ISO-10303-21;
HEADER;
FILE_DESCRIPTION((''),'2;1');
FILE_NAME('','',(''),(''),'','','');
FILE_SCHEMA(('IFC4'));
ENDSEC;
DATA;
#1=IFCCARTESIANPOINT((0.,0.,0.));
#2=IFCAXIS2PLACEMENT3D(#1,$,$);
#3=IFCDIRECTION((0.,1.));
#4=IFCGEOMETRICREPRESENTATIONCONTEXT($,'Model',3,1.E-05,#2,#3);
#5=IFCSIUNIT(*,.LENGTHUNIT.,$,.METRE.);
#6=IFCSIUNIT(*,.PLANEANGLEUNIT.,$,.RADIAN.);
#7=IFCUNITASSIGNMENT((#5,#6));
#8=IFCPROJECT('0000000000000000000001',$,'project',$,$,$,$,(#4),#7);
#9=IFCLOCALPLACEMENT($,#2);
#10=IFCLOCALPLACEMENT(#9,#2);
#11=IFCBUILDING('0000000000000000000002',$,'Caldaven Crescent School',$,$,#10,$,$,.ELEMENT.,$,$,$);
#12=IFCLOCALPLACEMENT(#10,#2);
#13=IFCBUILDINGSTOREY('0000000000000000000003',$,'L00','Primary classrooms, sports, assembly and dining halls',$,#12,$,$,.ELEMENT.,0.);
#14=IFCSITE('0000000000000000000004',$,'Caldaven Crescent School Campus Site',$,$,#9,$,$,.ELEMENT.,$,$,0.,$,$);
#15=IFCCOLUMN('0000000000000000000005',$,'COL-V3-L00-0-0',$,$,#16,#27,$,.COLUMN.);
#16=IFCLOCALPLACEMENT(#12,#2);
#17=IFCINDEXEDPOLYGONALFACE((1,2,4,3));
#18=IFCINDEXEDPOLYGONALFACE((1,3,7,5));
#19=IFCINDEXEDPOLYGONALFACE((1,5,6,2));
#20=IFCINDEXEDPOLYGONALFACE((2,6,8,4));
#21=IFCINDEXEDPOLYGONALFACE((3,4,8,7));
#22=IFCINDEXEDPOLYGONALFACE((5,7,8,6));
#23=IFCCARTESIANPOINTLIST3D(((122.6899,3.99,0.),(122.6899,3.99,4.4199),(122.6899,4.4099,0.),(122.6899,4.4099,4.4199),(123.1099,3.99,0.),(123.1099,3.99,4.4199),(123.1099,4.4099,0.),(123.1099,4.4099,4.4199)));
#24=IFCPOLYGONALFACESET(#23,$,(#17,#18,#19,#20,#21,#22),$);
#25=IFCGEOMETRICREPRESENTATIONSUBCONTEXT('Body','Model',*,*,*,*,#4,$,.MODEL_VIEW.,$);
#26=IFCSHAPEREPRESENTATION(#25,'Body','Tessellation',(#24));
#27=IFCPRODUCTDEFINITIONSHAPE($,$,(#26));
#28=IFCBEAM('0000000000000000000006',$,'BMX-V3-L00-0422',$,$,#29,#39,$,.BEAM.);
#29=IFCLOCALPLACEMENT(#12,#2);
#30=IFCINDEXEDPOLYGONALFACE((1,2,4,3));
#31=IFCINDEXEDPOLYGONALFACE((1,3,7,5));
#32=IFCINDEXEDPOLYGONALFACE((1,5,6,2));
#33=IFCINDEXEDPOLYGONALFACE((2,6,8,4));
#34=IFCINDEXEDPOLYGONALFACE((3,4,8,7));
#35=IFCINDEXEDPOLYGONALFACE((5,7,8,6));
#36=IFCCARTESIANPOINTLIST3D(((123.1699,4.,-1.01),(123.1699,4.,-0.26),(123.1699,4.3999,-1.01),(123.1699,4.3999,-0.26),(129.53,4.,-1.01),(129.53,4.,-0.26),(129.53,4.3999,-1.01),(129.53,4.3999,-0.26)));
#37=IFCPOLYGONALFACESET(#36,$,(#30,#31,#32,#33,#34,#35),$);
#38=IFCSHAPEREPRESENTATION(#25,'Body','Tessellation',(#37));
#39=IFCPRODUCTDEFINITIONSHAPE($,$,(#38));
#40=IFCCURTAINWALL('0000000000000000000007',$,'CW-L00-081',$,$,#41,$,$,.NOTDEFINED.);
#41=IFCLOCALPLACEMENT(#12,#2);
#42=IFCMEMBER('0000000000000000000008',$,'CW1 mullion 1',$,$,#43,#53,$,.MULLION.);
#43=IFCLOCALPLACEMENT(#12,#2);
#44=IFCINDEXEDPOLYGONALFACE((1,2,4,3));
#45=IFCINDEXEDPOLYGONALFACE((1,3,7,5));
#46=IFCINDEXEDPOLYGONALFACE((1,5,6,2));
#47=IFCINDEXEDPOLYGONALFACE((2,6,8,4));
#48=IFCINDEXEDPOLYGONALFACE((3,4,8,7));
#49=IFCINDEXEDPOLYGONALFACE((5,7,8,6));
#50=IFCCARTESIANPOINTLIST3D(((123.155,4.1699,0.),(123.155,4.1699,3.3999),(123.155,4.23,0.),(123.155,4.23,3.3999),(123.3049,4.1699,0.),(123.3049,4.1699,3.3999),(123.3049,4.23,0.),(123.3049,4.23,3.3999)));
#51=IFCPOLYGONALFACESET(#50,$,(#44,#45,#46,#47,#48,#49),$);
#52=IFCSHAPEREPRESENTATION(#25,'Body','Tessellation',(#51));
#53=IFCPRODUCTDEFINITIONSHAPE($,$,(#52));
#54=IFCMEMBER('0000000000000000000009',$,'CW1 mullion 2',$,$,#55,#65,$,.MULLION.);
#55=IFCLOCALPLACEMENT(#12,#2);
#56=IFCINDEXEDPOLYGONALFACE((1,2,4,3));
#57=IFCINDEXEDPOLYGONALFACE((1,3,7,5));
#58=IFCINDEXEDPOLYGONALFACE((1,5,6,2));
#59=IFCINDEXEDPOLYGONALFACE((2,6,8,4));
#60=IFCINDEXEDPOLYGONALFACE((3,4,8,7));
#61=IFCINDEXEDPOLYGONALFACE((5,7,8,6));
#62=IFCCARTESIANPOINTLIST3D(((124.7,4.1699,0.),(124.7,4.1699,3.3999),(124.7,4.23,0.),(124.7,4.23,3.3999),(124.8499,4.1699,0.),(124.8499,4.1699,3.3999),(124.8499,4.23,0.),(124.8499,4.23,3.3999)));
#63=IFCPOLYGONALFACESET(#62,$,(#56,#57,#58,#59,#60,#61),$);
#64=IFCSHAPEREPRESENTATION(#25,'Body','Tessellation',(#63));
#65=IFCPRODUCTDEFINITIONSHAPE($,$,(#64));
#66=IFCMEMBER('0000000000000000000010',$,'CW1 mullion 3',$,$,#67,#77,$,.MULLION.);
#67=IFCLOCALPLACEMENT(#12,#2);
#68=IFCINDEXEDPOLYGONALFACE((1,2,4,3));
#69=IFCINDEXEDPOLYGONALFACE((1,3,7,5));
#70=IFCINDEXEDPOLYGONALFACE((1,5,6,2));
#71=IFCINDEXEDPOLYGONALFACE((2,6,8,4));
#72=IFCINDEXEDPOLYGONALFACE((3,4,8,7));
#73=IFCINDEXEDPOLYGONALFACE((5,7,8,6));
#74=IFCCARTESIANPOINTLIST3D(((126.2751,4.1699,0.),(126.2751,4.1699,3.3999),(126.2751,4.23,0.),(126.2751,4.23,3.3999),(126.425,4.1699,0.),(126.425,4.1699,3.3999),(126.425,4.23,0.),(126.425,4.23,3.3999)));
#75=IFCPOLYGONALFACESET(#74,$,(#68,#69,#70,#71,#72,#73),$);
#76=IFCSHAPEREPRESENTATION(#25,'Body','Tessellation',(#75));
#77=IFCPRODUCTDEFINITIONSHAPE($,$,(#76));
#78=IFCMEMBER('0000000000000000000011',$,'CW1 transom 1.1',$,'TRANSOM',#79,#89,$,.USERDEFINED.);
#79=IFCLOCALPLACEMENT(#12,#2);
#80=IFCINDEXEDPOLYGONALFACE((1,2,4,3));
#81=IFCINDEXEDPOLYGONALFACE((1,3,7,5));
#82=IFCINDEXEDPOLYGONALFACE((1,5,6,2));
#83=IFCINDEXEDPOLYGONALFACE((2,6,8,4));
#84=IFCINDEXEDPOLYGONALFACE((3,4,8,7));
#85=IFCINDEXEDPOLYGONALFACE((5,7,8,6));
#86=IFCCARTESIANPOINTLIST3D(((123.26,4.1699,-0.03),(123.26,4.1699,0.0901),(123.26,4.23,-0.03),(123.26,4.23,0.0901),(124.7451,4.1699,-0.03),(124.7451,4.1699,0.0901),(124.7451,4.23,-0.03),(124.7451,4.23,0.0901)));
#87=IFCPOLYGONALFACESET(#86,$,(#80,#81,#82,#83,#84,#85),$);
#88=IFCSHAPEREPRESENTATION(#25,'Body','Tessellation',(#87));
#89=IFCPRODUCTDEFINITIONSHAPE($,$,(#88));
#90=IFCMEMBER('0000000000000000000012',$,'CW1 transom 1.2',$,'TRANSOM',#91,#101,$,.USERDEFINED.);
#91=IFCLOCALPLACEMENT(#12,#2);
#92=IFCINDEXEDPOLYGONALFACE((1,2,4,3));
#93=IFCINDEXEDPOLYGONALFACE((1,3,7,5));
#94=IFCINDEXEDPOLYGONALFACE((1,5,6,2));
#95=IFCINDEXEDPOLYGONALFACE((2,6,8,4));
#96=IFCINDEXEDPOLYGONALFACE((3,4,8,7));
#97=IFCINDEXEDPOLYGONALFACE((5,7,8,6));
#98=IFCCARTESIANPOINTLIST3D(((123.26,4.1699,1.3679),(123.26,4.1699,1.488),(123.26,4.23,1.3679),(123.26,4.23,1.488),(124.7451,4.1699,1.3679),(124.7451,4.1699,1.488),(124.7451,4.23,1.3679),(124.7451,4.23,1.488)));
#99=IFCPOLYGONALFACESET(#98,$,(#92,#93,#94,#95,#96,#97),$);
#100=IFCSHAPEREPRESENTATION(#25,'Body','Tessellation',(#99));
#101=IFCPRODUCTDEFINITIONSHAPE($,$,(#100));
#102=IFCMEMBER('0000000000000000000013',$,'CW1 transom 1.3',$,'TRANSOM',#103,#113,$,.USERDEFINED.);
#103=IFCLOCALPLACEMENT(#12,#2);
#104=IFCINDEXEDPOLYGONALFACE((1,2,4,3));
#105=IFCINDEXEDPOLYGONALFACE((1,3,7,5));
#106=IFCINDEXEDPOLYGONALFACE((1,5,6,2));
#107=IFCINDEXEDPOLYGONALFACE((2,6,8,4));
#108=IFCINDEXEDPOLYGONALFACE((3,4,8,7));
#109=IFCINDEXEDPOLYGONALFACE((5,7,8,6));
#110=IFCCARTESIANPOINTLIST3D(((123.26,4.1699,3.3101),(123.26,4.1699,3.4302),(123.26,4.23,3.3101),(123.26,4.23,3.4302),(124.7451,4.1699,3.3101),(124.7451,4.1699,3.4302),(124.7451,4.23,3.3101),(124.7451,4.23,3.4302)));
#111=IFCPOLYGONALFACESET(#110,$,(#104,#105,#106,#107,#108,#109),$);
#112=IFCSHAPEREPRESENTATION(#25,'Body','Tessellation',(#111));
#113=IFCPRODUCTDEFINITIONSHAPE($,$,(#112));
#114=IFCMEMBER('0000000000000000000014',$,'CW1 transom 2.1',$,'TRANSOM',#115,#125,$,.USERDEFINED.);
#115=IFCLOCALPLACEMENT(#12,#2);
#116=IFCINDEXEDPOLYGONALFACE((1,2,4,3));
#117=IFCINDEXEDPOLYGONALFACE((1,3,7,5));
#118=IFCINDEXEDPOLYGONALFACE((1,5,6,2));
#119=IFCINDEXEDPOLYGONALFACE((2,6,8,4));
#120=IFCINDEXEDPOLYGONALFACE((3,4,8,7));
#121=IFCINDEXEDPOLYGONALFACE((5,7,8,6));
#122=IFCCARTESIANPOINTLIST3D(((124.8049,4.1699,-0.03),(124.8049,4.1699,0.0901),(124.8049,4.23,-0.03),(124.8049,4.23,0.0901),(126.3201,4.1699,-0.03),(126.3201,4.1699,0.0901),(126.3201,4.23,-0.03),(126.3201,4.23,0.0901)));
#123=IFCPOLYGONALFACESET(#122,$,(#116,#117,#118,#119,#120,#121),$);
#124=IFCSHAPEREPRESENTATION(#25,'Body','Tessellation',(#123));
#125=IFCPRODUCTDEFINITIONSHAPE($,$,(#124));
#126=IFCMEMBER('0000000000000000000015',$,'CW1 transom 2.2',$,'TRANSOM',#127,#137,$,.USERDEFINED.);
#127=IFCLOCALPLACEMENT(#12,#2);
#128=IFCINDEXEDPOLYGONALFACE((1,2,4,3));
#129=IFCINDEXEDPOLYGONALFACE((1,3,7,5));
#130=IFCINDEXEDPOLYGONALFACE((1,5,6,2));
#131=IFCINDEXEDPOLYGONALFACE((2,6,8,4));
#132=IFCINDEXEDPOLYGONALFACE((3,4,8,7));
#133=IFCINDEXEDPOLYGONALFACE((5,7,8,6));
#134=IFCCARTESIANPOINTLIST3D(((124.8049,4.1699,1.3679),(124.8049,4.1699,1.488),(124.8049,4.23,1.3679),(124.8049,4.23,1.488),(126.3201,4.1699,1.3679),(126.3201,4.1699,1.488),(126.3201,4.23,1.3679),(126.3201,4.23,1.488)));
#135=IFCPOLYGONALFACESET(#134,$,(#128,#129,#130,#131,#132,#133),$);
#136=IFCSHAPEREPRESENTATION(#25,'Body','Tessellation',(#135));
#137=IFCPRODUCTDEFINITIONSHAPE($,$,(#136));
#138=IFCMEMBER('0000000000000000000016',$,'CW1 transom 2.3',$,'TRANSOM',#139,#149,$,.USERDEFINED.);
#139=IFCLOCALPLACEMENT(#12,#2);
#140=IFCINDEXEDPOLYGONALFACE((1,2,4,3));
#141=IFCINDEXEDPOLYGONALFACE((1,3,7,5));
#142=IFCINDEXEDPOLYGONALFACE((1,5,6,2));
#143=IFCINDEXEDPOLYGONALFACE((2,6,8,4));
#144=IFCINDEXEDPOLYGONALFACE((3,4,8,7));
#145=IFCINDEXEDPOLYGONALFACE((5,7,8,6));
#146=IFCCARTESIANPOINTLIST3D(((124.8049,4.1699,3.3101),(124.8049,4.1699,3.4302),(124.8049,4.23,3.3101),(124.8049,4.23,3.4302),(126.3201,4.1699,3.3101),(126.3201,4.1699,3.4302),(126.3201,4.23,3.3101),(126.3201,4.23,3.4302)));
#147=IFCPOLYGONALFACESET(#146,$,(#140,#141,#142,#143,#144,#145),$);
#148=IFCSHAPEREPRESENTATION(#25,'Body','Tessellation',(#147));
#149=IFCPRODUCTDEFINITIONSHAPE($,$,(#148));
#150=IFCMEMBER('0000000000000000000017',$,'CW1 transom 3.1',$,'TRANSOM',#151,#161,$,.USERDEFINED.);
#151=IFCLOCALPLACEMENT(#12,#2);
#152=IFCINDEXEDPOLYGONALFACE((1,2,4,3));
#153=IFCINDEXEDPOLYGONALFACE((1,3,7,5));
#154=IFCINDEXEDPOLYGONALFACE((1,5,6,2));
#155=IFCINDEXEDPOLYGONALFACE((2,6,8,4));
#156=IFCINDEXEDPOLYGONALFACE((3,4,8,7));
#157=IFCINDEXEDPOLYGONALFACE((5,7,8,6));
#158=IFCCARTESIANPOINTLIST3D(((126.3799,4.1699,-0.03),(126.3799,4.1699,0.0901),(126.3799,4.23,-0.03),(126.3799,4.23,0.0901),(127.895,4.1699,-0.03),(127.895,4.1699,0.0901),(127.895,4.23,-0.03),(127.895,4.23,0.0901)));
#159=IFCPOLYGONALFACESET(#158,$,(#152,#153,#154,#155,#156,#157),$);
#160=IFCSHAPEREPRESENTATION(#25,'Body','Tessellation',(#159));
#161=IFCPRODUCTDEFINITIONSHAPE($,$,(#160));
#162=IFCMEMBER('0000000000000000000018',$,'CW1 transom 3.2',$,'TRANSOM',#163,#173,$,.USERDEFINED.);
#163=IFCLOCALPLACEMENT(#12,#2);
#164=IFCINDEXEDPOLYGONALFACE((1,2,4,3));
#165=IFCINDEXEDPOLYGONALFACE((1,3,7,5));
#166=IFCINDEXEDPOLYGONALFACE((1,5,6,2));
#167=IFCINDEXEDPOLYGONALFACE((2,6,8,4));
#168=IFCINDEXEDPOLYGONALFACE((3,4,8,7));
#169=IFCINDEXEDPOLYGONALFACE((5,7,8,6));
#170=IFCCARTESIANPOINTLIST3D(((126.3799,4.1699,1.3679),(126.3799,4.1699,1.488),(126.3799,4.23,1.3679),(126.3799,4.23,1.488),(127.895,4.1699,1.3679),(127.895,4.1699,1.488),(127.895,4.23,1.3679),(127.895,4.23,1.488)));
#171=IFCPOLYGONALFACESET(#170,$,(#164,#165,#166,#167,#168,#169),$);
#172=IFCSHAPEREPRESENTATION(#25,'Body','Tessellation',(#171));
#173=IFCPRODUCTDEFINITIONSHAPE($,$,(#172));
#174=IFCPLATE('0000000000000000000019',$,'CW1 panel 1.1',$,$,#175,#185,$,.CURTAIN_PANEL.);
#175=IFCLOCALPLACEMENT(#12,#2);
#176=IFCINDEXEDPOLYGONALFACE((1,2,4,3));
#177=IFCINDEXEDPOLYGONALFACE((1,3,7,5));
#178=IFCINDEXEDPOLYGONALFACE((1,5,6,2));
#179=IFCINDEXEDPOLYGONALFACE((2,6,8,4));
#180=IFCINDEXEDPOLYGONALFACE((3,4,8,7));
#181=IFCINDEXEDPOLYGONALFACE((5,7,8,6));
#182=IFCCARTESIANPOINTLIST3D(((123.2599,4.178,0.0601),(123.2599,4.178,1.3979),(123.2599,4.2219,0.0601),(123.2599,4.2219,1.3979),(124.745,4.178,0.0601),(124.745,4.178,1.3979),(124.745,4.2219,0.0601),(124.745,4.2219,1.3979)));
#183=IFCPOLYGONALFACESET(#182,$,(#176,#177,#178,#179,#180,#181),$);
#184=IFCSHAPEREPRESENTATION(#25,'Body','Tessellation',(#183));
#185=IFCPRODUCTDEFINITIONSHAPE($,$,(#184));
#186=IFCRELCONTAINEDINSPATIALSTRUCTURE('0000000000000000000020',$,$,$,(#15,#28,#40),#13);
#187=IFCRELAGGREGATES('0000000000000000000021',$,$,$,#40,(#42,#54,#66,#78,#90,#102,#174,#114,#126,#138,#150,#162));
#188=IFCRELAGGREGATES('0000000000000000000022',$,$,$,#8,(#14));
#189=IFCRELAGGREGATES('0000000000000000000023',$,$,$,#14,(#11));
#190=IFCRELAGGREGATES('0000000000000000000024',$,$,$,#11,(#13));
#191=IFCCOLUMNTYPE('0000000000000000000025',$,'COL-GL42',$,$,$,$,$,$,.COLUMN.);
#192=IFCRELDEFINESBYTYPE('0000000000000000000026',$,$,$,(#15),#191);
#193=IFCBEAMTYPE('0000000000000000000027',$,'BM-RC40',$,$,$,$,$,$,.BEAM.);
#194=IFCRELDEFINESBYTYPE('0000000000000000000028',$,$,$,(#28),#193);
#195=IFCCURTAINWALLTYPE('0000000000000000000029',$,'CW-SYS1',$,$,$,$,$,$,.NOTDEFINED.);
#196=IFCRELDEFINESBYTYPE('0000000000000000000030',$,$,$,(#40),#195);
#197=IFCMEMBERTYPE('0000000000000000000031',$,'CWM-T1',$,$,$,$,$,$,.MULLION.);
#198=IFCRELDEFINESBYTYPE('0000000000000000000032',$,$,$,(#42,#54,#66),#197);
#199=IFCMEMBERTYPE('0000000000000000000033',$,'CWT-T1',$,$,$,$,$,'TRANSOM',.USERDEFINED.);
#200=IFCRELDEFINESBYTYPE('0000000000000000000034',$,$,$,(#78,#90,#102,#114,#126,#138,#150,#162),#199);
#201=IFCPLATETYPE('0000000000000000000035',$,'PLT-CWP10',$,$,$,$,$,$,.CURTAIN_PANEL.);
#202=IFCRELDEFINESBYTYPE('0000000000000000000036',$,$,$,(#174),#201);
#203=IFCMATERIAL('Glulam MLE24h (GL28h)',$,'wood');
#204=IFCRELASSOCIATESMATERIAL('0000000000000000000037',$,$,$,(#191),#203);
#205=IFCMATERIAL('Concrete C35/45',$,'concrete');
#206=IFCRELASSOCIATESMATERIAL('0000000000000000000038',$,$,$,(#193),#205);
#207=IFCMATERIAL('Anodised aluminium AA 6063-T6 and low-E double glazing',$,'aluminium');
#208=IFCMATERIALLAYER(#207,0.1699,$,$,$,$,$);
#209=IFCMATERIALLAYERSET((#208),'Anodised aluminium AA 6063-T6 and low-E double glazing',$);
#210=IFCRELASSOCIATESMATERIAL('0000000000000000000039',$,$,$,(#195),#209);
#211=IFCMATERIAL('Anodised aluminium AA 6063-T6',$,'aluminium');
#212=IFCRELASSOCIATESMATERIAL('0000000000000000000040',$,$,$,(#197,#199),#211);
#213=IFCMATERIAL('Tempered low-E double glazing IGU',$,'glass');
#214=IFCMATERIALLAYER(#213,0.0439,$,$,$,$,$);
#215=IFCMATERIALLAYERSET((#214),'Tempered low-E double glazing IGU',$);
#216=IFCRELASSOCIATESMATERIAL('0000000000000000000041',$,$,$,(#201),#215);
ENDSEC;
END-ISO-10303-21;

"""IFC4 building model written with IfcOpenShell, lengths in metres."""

from ifc_helpers import new_model, si_unit, direction, frame, origin, origin_2d, place, context, subcontext, project, spatial, rectangle, extrude, material, layer, layer_set, material_profile, profile_set, type_object, element, aggregate, save


model = new_model("IFC4")

# Units and contexts
model_context = context("Model", 3, precision=1e-05, world=origin(), true_north=direction((0.0, 1.0)))
body_context = subcontext(model_context, "Body", "Model", "MODEL_VIEW")
ifc_project = project(units=[si_unit("LENGTHUNIT", "METRE"), si_unit("PLANEANGLEUNIT", "RADIAN")], contexts=[model_context])

# Site, building, storey
site_placement = place(None, origin())
site = spatial("IfcSite", under=ifc_project, at=site_placement, Name="Caldaven Crescent School Campus Site", CompositionType="ELEMENT", RefElevation=0.0)
building_placement = place(site_placement, origin())
building = spatial("IfcBuilding", under=site, at=building_placement, Name="Caldaven Crescent School", CompositionType="ELEMENT")
storey_placement = place(building_placement, origin())
storey = spatial("IfcBuildingStorey", under=building, at=storey_placement, Name="L00", Description="Primary classrooms, sports, assembly and dining halls", CompositionType="ELEMENT", Elevation=0.0)

# Column
ifc_material_1 = material(Name="Glulam MLE24h (GL28h)", Category="wood")
ifc_material_profile_1 = material_profile(ifc_material_1, rectangle(XDim=0.4199, YDim=0.4199, at=origin_2d()), Name="MLE 420x420")
ifc_profile_set_1 = profile_set([ifc_material_profile_1], Name="Glulam MLE24h (GL28h)")
column_type = type_object("IfcColumnType", Name="COL-GL42", PredefinedType="COLUMN", material=ifc_profile_set_1)
column_placement = place(storey_placement, frame((122.8999, 4.2, 0.0), z_axis=(0.0, 0.0, 1.0), x_axis=(1.0, 0.0, 0.0)))
element("IfcColumn", 1, at=column_placement, inside=storey, type_object=column_type, Name="COL-V3-L00-0-0", PredefinedType="COLUMN", context=body_context, shape_type="SweptSolid", body=[
    extrude(rectangle(XDim=0.4199, YDim=0.4199, at=origin_2d()), origin(), (0.0, 0.0, 1.0), 4.4199),
])

# Beam
ifc_material_2 = material(Name="Concrete C35/45", Category="concrete")
ifc_material_profile_2 = material_profile(ifc_material_2, rectangle(XDim=0.3999, YDim=0.75, at=origin_2d()), Name="RC 400x750")
ifc_profile_set_2 = profile_set([ifc_material_profile_2], Name="Concrete C35/45")
beam_type = type_object("IfcBeamType", Name="BM-RC40", PredefinedType="BEAM", material=ifc_profile_set_2)
beam_placement = place(storey_placement, frame((123.1699, 4.2, -0.635), z_axis=(1.0, 0.0, 0.0), x_axis=(0.0, 1.0, 0.0)))
element("IfcBeam", 2, at=beam_placement, inside=storey, type_object=beam_type, Name="BMX-V3-L00-0422", PredefinedType="BEAM", context=body_context, shape_type="SweptSolid", body=[
    extrude(rectangle(XDim=0.3999, YDim=0.75, at=origin_2d()), origin(), (0.0, 0.0, 1.0), 6.3601),
])

# Curtain wall, members, plate
ifc_material_3 = material(Name="Anodised aluminium AA 6063-T6 and low-E double glazing", Category="aluminium")
ifc_layer_1 = layer(ifc_material_3, 0.1699)
ifc_layer_set_1 = layer_set([ifc_layer_1], Name="Anodised aluminium AA 6063-T6 and low-E double glazing")
curtain_wall_type = type_object("IfcCurtainWallType", Name="CW-SYS1", PredefinedType="NOTDEFINED", material=ifc_layer_set_1)
curtain_wall_placement = place(storey_placement, origin())
curtain_wall = element("IfcCurtainWall", 3, at=curtain_wall_placement, inside=storey, type_object=curtain_wall_type, Name="CW-L00-081", PredefinedType="NOTDEFINED")
ifc_material_4 = material(Name="Anodised aluminium AA 6063-T6", Category="aluminium")
ifc_material_profile_3 = material_profile(ifc_material_4, rectangle(XDim=0.0601, YDim=0.1499, at=origin_2d()), Name="CWM 60x150")
ifc_profile_set_3 = profile_set([ifc_material_profile_3], Name="Anodised aluminium AA 6063-T6")
member_type_1 = type_object("IfcMemberType", Name="CWM-T1", PredefinedType="MULLION", material=ifc_profile_set_3)
member_1_placement = place(storey_placement, frame((123.23, 4.2, 0.0), z_axis=(0.0, 0.0, 1.0), x_axis=(0.0, 1.0, 0.0)))
member_1 = element("IfcMember", 4, at=member_1_placement, type_object=member_type_1, Name="CW1 mullion 1", PredefinedType="MULLION", context=body_context, shape_type="SweptSolid", body=[
    extrude(rectangle(XDim=0.0601, YDim=0.1499, at=origin_2d()), origin(), (0.0, 0.0, 1.0), 3.3999),
])
member_2_placement = place(storey_placement, frame((124.7749, 4.2, 0.0), z_axis=(0.0, 0.0, 1.0), x_axis=(0.0, 1.0, 0.0)))
member_2 = element("IfcMember", 5, at=member_2_placement, type_object=member_type_1, Name="CW1 mullion 2", PredefinedType="MULLION", context=body_context, shape_type="SweptSolid", body=[
    extrude(rectangle(XDim=0.0601, YDim=0.1499, at=origin_2d()), origin(), (0.0, 0.0, 1.0), 3.3999),
])
member_3_placement = place(storey_placement, frame((126.3501, 4.2, 0.0), z_axis=(0.0, 0.0, 1.0), x_axis=(0.0, 1.0, 0.0)))
member_3 = element("IfcMember", 6, at=member_3_placement, type_object=member_type_1, Name="CW1 mullion 3", PredefinedType="MULLION", context=body_context, shape_type="SweptSolid", body=[
    extrude(rectangle(XDim=0.0601, YDim=0.1499, at=origin_2d()), origin(), (0.0, 0.0, 1.0), 3.3999),
])
ifc_material_profile_4 = material_profile(ifc_material_4, rectangle(XDim=0.0601, YDim=0.1201, at=origin_2d()), Name="CWT 60x120")
ifc_profile_set_4 = profile_set([ifc_material_profile_4], Name="Anodised aluminium AA 6063-T6")
member_type_2 = type_object("IfcMemberType", Name="CWT-T1", ElementType="TRANSOM", PredefinedType="USERDEFINED", material=ifc_profile_set_4)
member_4_placement = place(storey_placement, frame((123.26, 4.2, 0.03), z_axis=(1.0, 0.0, 0.0), x_axis=(0.0, 1.0, 0.0)))
member_4 = element("IfcMember", 7, at=member_4_placement, type_object=member_type_2, Name="CW1 transom 1.1", ObjectType="TRANSOM", PredefinedType="USERDEFINED", context=body_context, shape_type="SweptSolid", body=[
    extrude(rectangle(XDim=0.0601, YDim=0.1201, at=origin_2d()), origin(), (0.0, 0.0, 1.0), 1.4851),
])
member_5_placement = place(storey_placement, frame((123.26, 4.2, 1.428), z_axis=(1.0, 0.0, 0.0), x_axis=(0.0, 1.0, 0.0)))
member_5 = element("IfcMember", 8, at=member_5_placement, type_object=member_type_2, Name="CW1 transom 1.2", ObjectType="TRANSOM", PredefinedType="USERDEFINED", context=body_context, shape_type="SweptSolid", body=[
    extrude(rectangle(XDim=0.0601, YDim=0.1201, at=origin_2d()), origin(), (0.0, 0.0, 1.0), 1.4851),
])
member_6_placement = place(storey_placement, frame((123.26, 4.2, 3.3701), z_axis=(1.0, 0.0, 0.0), x_axis=(0.0, 1.0, 0.0)))
member_6 = element("IfcMember", 9, at=member_6_placement, type_object=member_type_2, Name="CW1 transom 1.3", ObjectType="TRANSOM", PredefinedType="USERDEFINED", context=body_context, shape_type="SweptSolid", body=[
    extrude(rectangle(XDim=0.0601, YDim=0.1201, at=origin_2d()), origin(), (0.0, 0.0, 1.0), 1.4851),
])
member_7_placement = place(storey_placement, frame((124.8049, 4.2, 0.03), z_axis=(1.0, 0.0, 0.0), x_axis=(0.0, 1.0, 0.0)))
member_7 = element("IfcMember", 10, at=member_7_placement, type_object=member_type_2, Name="CW1 transom 2.1", ObjectType="TRANSOM", PredefinedType="USERDEFINED", context=body_context, shape_type="SweptSolid", body=[
    extrude(rectangle(XDim=0.0601, YDim=0.1201, at=origin_2d()), origin(), (0.0, 0.0, 1.0), 1.5151),
])
member_8_placement = place(storey_placement, frame((124.8049, 4.2, 1.428), z_axis=(1.0, 0.0, 0.0), x_axis=(0.0, 1.0, 0.0)))
member_8 = element("IfcMember", 11, at=member_8_placement, type_object=member_type_2, Name="CW1 transom 2.2", ObjectType="TRANSOM", PredefinedType="USERDEFINED", context=body_context, shape_type="SweptSolid", body=[
    extrude(rectangle(XDim=0.0601, YDim=0.1201, at=origin_2d()), origin(), (0.0, 0.0, 1.0), 1.5151),
])
member_9_placement = place(storey_placement, frame((124.8049, 4.2, 3.3701), z_axis=(1.0, 0.0, 0.0), x_axis=(0.0, 1.0, 0.0)))
member_9 = element("IfcMember", 12, at=member_9_placement, type_object=member_type_2, Name="CW1 transom 2.3", ObjectType="TRANSOM", PredefinedType="USERDEFINED", context=body_context, shape_type="SweptSolid", body=[
    extrude(rectangle(XDim=0.0601, YDim=0.1201, at=origin_2d()), origin(), (0.0, 0.0, 1.0), 1.5151),
])
member_10_placement = place(storey_placement, frame((126.3799, 4.2, 0.03), z_axis=(1.0, 0.0, 0.0), x_axis=(0.0, 1.0, 0.0)))
member_10 = element("IfcMember", 13, at=member_10_placement, type_object=member_type_2, Name="CW1 transom 3.1", ObjectType="TRANSOM", PredefinedType="USERDEFINED", context=body_context, shape_type="SweptSolid", body=[
    extrude(rectangle(XDim=0.0601, YDim=0.1201, at=origin_2d()), origin(), (0.0, 0.0, 1.0), 1.5151),
])
member_11_placement = place(storey_placement, frame((126.3799, 4.2, 1.428), z_axis=(1.0, 0.0, 0.0), x_axis=(0.0, 1.0, 0.0)))
member_11 = element("IfcMember", 14, at=member_11_placement, type_object=member_type_2, Name="CW1 transom 3.2", ObjectType="TRANSOM", PredefinedType="USERDEFINED", context=body_context, shape_type="SweptSolid", body=[
    extrude(rectangle(XDim=0.0601, YDim=0.1201, at=origin_2d()), origin(), (0.0, 0.0, 1.0), 1.5151),
])
ifc_material_5 = material(Name="Tempered low-E double glazing IGU", Category="glass")
ifc_layer_2 = layer(ifc_material_5, 0.0439)
ifc_layer_set_2 = layer_set([ifc_layer_2], Name="Tempered low-E double glazing IGU")
plate_type = type_object("IfcPlateType", Name="PLT-CWP10", PredefinedType="CURTAIN_PANEL", material=ifc_layer_set_2)
plate_1_placement = place(storey_placement, frame((124.0024, 4.2, 0.0601), z_axis=(0.0, 0.0, 1.0), x_axis=(1.0, 0.0, 0.0)))
plate_1 = element("IfcPlate", 15, at=plate_1_placement, type_object=plate_type, Name="CW1 panel 1.1", PredefinedType="CURTAIN_PANEL", context=body_context, shape_type="SweptSolid", body=[
    extrude(rectangle(XDim=1.4851, YDim=0.0439, at=origin_2d()), origin(), (0.0, 0.0, 1.0), 1.3379),
])
aggregate(curtain_wall, [member_1, member_2, member_3, member_4, member_5, member_6, plate_1, member_7, member_8, member_9, member_10, member_11])

save(model, "model.ifc")
